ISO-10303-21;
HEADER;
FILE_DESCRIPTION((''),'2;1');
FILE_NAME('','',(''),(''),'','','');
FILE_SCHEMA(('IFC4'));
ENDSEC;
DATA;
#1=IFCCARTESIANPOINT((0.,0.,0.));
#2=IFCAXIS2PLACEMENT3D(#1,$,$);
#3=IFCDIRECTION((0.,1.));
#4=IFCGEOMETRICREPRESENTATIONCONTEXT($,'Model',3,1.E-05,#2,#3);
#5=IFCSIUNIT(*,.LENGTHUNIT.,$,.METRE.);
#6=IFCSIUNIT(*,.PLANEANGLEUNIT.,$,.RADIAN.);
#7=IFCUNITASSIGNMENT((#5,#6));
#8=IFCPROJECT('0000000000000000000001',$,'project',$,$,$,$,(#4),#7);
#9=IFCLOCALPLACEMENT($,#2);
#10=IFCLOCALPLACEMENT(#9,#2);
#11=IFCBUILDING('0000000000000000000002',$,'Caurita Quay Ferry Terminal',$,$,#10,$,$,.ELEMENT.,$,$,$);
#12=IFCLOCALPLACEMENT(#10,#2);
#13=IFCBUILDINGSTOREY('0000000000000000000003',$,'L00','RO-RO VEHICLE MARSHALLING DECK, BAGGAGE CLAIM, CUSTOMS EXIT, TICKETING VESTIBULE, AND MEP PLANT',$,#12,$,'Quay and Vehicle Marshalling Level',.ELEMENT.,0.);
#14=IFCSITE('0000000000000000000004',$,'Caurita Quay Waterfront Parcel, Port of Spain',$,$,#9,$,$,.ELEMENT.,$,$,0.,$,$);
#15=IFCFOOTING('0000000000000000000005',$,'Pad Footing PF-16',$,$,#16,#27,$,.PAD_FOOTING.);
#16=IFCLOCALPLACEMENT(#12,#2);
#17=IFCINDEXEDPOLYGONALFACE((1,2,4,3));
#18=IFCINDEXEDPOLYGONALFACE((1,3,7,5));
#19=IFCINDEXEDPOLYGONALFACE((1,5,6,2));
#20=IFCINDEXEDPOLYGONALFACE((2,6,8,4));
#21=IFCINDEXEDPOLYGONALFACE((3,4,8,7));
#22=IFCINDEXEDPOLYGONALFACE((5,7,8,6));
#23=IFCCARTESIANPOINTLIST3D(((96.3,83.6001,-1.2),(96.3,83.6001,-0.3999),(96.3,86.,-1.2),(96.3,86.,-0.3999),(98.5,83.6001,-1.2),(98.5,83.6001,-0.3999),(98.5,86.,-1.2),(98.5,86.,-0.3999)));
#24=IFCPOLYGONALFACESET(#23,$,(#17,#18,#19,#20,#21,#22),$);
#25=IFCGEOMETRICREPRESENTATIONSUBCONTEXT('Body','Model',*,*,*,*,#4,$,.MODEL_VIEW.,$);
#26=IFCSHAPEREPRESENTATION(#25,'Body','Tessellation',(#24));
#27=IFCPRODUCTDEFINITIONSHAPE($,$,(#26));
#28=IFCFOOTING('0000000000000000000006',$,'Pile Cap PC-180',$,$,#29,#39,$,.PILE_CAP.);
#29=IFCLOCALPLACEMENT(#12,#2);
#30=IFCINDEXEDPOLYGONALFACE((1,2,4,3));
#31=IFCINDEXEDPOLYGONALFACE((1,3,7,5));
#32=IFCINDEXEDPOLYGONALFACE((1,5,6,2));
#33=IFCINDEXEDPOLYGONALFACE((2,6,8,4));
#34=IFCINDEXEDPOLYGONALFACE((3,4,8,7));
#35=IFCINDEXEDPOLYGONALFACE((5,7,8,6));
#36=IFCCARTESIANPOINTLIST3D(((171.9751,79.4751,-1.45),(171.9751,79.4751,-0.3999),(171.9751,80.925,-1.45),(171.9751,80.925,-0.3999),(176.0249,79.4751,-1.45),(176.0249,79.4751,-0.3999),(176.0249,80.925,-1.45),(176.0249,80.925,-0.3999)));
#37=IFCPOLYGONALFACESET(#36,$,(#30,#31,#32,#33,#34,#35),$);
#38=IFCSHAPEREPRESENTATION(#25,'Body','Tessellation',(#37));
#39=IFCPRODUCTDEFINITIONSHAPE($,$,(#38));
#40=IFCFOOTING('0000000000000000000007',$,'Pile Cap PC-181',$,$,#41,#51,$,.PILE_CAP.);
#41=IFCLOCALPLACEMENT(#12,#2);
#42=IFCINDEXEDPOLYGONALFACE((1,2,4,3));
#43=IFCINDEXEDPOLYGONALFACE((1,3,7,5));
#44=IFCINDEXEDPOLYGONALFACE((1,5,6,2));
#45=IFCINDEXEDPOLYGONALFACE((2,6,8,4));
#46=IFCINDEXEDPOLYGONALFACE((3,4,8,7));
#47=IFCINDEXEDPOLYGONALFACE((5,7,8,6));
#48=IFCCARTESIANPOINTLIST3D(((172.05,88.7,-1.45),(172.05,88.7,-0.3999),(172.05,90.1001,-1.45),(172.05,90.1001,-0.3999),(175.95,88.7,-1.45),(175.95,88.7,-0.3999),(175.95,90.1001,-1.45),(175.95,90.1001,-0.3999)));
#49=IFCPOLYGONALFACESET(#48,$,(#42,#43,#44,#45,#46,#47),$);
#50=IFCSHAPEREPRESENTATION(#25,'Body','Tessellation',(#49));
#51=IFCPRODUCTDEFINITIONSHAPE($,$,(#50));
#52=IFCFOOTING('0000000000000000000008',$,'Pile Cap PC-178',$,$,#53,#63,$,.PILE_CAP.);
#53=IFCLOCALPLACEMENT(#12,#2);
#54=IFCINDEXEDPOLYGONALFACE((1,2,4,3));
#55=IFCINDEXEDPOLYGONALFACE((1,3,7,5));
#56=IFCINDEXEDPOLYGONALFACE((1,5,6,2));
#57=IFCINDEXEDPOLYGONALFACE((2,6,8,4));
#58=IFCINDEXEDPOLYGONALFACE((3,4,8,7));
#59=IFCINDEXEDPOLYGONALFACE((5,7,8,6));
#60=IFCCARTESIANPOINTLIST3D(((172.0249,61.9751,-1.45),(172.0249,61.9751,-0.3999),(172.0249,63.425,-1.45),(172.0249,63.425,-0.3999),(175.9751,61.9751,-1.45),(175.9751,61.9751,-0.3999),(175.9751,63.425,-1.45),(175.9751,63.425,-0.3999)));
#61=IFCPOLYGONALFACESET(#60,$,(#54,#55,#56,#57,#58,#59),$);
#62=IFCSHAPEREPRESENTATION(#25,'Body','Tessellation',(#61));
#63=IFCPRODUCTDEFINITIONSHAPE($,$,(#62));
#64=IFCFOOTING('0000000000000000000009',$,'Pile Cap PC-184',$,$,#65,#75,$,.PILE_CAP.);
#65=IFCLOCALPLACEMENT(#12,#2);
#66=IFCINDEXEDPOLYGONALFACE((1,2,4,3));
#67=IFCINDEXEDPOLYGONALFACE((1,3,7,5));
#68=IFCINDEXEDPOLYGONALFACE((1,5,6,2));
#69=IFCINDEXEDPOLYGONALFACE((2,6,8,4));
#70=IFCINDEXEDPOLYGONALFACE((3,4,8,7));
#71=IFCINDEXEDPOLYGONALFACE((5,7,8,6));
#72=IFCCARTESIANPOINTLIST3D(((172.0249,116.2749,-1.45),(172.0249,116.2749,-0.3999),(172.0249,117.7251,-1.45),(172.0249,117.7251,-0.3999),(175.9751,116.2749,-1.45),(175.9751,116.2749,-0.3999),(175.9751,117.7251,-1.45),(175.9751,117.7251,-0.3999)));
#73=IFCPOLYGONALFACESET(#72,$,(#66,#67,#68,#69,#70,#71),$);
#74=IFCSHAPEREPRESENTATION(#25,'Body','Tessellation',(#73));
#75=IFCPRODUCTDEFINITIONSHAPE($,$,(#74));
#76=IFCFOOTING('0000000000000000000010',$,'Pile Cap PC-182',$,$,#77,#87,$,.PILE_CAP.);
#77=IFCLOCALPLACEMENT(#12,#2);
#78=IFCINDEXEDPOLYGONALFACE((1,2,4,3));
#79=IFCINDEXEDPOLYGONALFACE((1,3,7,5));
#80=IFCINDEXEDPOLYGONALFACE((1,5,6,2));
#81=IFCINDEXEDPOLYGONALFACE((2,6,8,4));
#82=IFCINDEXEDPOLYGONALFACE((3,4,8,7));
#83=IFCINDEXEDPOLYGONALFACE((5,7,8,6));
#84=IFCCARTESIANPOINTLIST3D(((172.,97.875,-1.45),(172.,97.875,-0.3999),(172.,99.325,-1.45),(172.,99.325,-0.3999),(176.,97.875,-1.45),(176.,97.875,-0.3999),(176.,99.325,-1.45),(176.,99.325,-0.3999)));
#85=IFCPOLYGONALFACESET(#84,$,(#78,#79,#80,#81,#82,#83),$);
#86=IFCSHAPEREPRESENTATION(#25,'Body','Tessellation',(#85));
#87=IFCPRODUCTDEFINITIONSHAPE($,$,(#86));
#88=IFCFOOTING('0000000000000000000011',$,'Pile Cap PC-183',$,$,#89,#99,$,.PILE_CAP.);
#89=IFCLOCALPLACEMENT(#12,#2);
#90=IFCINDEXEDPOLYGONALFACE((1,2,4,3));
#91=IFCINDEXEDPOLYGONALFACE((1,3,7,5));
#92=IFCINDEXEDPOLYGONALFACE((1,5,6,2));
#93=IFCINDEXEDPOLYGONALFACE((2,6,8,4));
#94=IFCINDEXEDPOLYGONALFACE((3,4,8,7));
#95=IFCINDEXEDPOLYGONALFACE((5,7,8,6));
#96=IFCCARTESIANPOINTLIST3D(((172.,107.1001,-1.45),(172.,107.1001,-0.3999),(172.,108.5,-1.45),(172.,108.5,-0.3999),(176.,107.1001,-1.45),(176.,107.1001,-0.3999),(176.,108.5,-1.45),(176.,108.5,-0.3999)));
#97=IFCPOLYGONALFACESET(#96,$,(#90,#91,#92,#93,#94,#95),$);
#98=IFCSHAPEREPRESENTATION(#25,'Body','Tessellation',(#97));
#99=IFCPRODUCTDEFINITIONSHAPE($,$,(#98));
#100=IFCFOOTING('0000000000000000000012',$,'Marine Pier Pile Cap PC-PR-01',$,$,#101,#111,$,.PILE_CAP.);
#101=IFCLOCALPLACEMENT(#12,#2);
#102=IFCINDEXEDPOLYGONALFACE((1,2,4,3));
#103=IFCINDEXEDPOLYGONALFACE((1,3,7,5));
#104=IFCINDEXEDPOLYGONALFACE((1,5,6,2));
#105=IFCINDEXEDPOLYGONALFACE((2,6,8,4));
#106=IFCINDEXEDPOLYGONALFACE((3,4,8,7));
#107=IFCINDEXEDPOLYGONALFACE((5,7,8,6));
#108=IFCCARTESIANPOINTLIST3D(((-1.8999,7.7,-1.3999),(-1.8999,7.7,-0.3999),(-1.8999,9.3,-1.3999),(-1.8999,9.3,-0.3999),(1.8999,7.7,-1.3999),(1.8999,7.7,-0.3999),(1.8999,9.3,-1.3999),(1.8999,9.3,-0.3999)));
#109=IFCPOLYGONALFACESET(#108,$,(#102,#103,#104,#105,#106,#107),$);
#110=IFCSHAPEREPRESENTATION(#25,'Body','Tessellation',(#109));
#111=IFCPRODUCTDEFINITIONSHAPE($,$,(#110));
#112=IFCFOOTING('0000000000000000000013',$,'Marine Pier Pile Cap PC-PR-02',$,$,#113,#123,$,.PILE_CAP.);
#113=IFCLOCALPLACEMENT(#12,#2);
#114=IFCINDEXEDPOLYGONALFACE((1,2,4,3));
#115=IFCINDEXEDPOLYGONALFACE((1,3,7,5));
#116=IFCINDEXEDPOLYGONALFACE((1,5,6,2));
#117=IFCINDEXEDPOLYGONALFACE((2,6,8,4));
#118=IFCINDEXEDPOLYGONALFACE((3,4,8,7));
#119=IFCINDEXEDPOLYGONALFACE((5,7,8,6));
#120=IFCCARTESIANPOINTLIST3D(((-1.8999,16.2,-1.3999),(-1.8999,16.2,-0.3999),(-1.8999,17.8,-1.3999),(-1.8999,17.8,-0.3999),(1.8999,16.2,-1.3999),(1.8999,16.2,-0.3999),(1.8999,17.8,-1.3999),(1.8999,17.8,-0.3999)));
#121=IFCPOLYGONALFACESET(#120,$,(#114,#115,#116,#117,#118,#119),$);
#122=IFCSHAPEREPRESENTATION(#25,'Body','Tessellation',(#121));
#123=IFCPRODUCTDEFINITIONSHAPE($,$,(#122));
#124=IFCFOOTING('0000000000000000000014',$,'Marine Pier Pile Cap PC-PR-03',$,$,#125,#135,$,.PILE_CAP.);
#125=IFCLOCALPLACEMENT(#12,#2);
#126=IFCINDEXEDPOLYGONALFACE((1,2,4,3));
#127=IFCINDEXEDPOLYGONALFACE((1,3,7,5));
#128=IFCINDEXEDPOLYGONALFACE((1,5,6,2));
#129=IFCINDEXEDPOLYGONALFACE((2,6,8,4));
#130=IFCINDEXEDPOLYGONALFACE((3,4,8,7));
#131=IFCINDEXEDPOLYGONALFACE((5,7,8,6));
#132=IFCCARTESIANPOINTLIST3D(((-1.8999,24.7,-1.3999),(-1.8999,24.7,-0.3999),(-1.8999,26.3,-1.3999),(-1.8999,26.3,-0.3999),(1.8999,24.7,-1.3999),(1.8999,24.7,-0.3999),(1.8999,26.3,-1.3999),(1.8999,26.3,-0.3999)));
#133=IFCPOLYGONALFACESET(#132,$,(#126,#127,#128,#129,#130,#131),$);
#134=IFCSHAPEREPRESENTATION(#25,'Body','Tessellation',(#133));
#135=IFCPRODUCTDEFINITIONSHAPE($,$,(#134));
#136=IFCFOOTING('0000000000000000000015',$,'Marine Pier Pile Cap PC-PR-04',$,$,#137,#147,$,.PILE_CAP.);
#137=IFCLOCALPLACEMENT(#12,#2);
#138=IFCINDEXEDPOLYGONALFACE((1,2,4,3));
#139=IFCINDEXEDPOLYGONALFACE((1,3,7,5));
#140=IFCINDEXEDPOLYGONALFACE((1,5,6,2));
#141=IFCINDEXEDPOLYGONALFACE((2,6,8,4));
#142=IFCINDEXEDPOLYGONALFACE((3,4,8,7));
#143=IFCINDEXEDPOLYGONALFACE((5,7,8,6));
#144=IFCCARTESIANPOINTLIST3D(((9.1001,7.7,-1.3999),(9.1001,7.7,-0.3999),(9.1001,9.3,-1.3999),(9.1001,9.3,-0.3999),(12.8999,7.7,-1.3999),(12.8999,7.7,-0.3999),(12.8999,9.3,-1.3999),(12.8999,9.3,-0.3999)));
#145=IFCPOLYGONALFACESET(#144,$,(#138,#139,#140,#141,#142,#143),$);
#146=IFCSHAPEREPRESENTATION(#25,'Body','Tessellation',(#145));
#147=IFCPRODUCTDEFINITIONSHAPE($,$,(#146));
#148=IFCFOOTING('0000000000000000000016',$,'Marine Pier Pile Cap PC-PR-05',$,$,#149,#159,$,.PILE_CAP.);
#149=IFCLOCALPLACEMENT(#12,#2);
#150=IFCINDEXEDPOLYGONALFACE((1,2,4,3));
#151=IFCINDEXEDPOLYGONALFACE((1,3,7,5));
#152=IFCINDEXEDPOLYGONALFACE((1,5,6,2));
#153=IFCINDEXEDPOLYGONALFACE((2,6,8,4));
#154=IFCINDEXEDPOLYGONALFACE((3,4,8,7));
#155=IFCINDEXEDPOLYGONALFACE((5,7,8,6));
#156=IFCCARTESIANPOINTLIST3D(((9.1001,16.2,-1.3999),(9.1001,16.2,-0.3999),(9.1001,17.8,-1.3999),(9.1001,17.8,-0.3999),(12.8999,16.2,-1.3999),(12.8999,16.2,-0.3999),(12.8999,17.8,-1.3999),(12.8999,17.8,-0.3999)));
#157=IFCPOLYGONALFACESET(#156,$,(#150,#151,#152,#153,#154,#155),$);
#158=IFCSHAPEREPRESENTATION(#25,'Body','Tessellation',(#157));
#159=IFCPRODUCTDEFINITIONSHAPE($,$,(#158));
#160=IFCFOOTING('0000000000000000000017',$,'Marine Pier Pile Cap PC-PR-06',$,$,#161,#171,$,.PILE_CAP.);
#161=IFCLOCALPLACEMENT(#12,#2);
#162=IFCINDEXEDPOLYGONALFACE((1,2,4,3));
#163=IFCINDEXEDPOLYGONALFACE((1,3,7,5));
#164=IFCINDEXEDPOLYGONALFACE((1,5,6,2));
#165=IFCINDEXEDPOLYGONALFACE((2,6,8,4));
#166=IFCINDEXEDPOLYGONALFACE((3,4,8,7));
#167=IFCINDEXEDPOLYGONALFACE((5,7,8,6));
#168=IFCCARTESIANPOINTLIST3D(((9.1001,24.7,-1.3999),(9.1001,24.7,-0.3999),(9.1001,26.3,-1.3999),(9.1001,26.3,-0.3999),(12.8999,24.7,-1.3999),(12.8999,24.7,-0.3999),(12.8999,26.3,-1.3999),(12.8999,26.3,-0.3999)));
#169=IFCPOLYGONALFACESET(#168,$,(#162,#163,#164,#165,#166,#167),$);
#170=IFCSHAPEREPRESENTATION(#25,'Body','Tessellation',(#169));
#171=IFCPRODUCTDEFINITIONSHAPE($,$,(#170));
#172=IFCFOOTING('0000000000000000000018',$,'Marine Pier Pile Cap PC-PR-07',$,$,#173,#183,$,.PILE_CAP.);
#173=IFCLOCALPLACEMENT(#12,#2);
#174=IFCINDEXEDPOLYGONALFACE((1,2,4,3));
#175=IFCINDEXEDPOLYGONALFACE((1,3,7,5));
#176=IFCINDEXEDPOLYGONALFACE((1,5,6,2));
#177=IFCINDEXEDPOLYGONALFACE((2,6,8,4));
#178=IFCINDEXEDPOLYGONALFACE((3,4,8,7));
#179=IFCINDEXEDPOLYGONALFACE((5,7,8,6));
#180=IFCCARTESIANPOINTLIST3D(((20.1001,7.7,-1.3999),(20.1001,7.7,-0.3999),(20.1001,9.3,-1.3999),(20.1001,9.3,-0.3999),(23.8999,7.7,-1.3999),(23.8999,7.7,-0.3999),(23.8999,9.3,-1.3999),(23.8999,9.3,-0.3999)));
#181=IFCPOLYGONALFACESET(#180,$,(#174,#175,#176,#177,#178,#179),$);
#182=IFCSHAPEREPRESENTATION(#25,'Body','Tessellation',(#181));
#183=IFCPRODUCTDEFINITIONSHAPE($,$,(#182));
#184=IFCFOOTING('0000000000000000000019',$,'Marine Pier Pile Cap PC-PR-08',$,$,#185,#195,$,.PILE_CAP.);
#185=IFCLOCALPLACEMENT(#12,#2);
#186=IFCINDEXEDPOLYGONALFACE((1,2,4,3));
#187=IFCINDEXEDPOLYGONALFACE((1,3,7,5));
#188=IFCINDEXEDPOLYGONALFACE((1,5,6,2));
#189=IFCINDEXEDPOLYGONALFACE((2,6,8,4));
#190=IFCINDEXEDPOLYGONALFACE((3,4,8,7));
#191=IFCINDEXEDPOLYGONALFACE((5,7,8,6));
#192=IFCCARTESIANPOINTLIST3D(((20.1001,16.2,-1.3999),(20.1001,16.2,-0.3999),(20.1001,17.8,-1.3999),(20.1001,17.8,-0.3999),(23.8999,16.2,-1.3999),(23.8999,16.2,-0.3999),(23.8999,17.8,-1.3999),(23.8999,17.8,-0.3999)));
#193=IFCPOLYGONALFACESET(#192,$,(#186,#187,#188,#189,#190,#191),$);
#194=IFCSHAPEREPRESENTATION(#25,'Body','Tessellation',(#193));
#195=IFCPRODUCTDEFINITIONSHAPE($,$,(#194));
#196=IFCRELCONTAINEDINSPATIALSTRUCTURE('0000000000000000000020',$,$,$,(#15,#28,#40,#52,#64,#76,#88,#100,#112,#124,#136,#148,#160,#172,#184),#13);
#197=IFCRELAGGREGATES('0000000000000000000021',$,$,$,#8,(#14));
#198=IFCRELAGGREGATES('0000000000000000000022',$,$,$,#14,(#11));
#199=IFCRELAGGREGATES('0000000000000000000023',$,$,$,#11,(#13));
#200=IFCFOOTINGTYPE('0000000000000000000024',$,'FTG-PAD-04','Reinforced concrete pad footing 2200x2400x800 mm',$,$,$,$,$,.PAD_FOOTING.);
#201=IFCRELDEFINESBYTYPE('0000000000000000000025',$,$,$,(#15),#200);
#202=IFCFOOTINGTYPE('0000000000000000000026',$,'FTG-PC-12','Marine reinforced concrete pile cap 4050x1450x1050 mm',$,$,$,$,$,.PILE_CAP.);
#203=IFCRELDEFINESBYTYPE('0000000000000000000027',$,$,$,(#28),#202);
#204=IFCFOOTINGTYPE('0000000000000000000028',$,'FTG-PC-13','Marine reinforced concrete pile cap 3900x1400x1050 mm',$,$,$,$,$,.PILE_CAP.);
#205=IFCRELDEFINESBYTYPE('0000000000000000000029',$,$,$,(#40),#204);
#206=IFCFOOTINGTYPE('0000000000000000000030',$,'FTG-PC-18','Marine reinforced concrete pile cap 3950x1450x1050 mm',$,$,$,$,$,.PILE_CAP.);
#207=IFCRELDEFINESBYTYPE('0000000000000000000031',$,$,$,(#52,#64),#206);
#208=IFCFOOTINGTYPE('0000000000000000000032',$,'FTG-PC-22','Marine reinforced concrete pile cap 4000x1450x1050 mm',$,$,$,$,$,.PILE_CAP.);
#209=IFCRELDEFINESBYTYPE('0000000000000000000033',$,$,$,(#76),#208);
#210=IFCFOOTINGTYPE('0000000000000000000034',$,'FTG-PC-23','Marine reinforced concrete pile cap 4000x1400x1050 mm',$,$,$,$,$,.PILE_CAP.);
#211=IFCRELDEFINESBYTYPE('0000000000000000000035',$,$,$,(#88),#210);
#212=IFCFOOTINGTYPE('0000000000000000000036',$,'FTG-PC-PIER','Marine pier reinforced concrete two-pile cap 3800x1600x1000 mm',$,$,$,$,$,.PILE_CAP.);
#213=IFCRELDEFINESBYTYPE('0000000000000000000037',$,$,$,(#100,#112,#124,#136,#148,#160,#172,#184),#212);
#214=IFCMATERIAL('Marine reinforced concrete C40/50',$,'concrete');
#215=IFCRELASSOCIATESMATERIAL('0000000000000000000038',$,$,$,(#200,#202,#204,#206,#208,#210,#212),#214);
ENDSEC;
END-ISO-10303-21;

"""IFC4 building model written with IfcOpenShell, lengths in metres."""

from ifc_helpers import new_model, si_unit, direction, frame, origin, place, context, subcontext, project, spatial, polyline, outline, extrude, material, type_object, element, save


model = new_model("IFC4")

# Units and contexts
model_context = context("Model", 3, precision=1e-05, world=origin(), true_north=direction((0.0, 1.0)))
body_context = subcontext(model_context, "Body", "Model", "MODEL_VIEW")
ifc_project = project(units=[si_unit("LENGTHUNIT", "METRE"), si_unit("PLANEANGLEUNIT", "RADIAN")], contexts=[model_context])

# Site, building, storey
site_placement = place(None, origin())
site = spatial("IfcSite", under=ifc_project, at=site_placement, Name="Caurita Quay Waterfront Parcel, Port of Spain", CompositionType="ELEMENT", RefElevation=0.0)
building_placement = place(site_placement, origin())
building = spatial("IfcBuilding", under=site, at=building_placement, Name="Caurita Quay Ferry Terminal", CompositionType="ELEMENT")
storey_placement = place(building_placement, origin())
storey = spatial("IfcBuildingStorey", under=building, at=storey_placement, Name="L00", Description="RO-RO VEHICLE MARSHALLING DECK, BAGGAGE CLAIM, CUSTOMS EXIT, TICKETING VESTIBULE, AND MEP PLANT", LongName="Quay and Vehicle Marshalling Level", CompositionType="ELEMENT", Elevation=0.0)

# Footings
ifc_material = material(Name="Marine reinforced concrete C40/50", Category="concrete")
footing_type_1 = type_object("IfcFootingType", Name="FTG-PAD-04", Description="Reinforced concrete pad footing 2200x2400x800 mm", PredefinedType="PAD_FOOTING", material=ifc_material)
footing_1_placement = place(storey_placement, frame((0.0, 0.0, -1.2)))
element("IfcFooting", 1, at=footing_1_placement, inside=storey, type_object=footing_type_1, Name="Pad Footing PF-16", PredefinedType="PAD_FOOTING", context=body_context, shape_type="SweptSolid", body=[
    extrude(outline(polyline([(96.3, 83.6001), (98.5, 83.6001), (98.5, 86.0), (96.3, 86.0), (96.3, 83.6001)])), origin(), (0.0, 0.0, 1.0), 0.8),
])
footing_type_2 = type_object("IfcFootingType", Name="FTG-PC-12", Description="Marine reinforced concrete pile cap 4050x1450x1050 mm", PredefinedType="PILE_CAP", material=ifc_material)
footing_2_placement = place(storey_placement, frame((0.0, 0.0, -1.45)))
element("IfcFooting", 2, at=footing_2_placement, inside=storey, type_object=footing_type_2, Name="Pile Cap PC-180", PredefinedType="PILE_CAP", context=body_context, shape_type="SweptSolid", body=[
    extrude(outline(polyline([(171.9751, 79.4751), (176.0249, 79.4751), (176.0249, 80.925), (171.9751, 80.925), (171.9751, 79.4751)])), origin(), (0.0, 0.0, 1.0), 1.05),
])
footing_type_3 = type_object("IfcFootingType", Name="FTG-PC-13", Description="Marine reinforced concrete pile cap 3900x1400x1050 mm", PredefinedType="PILE_CAP", material=ifc_material)
footing_3_placement = place(storey_placement, frame((0.0, 0.0, -1.45)))
element("IfcFooting", 3, at=footing_3_placement, inside=storey, type_object=footing_type_3, Name="Pile Cap PC-181", PredefinedType="PILE_CAP", context=body_context, shape_type="SweptSolid", body=[
    extrude(outline(polyline([(172.05, 88.7), (175.95, 88.7), (175.95, 90.1001), (172.05, 90.1001), (172.05, 88.7)])), origin(), (0.0, 0.0, 1.0), 1.05),
])
footing_type_4 = type_object("IfcFootingType", Name="FTG-PC-18", Description="Marine reinforced concrete pile cap 3950x1450x1050 mm", PredefinedType="PILE_CAP", material=ifc_material)
footing_4_placement = place(storey_placement, frame((0.0, 0.0, -1.45)))
element("IfcFooting", 4, at=footing_4_placement, inside=storey, type_object=footing_type_4, Name="Pile Cap PC-178", PredefinedType="PILE_CAP", context=body_context, shape_type="SweptSolid", body=[
    extrude(outline(polyline([(172.0249, 61.9751), (175.9751, 61.9751), (175.9751, 63.425), (172.0249, 63.425), (172.0249, 61.9751)])), origin(), (0.0, 0.0, 1.0), 1.05),
])
footing_5_placement = place(storey_placement, frame((0.0, 0.0, -1.45)))
element("IfcFooting", 5, at=footing_5_placement, inside=storey, type_object=footing_type_4, Name="Pile Cap PC-184", PredefinedType="PILE_CAP", context=body_context, shape_type="SweptSolid", body=[
    extrude(outline(polyline([(172.0249, 116.2749), (175.9751, 116.2749), (175.9751, 117.7251), (172.0249, 117.7251), (172.0249, 116.2749)])), origin(), (0.0, 0.0, 1.0), 1.05),
])
footing_type_5 = type_object("IfcFootingType", Name="FTG-PC-22", Description="Marine reinforced concrete pile cap 4000x1450x1050 mm", PredefinedType="PILE_CAP", material=ifc_material)
footing_6_placement = place(storey_placement, frame((0.0, 0.0, -1.45)))
element("IfcFooting", 6, at=footing_6_placement, inside=storey, type_object=footing_type_5, Name="Pile Cap PC-182", PredefinedType="PILE_CAP", context=body_context, shape_type="SweptSolid", body=[
    extrude(outline(polyline([(172.0, 97.875), (176.0, 97.875), (176.0, 99.325), (172.0, 99.325), (172.0, 97.875)])), origin(), (0.0, 0.0, 1.0), 1.05),
])
footing_type_6 = type_object("IfcFootingType", Name="FTG-PC-23", Description="Marine reinforced concrete pile cap 4000x1400x1050 mm", PredefinedType="PILE_CAP", material=ifc_material)
footing_7_placement = place(storey_placement, frame((0.0, 0.0, -1.45)))
element("IfcFooting", 7, at=footing_7_placement, inside=storey, type_object=footing_type_6, Name="Pile Cap PC-183", PredefinedType="PILE_CAP", context=body_context, shape_type="SweptSolid", body=[
    extrude(outline(polyline([(172.0, 107.1001), (176.0, 107.1001), (176.0, 108.5), (172.0, 108.5), (172.0, 107.1001)])), origin(), (0.0, 0.0, 1.0), 1.05),
])
footing_type_7 = type_object("IfcFootingType", Name="FTG-PC-PIER", Description="Marine pier reinforced concrete two-pile cap 3800x1600x1000 mm", PredefinedType="PILE_CAP", material=ifc_material)
footing_8_placement = place(storey_placement, frame((0.0, 0.0, -1.3999)))
element("IfcFooting", 8, at=footing_8_placement, inside=storey, type_object=footing_type_7, Name="Marine Pier Pile Cap PC-PR-01", PredefinedType="PILE_CAP", context=body_context, shape_type="SweptSolid", body=[
    extrude(outline(polyline([(-1.8999, 7.7), (1.8999, 7.7), (1.8999, 9.3), (-1.8999, 9.3), (-1.8999, 7.7)])), origin(), (0.0, 0.0, 1.0), 1.0),
])
footing_9_placement = place(storey_placement, frame((0.0, 0.0, -1.3999)))
element("IfcFooting", 9, at=footing_9_placement, inside=storey, type_object=footing_type_7, Name="Marine Pier Pile Cap PC-PR-02", PredefinedType="PILE_CAP", context=body_context, shape_type="SweptSolid", body=[
    extrude(outline(polyline([(-1.8999, 16.2), (1.8999, 16.2), (1.8999, 17.8), (-1.8999, 17.8), (-1.8999, 16.2)])), origin(), (0.0, 0.0, 1.0), 1.0),
])
footing_10_placement = place(storey_placement, frame((0.0, 0.0, -1.3999)))
element("IfcFooting", 10, at=footing_10_placement, inside=storey, type_object=footing_type_7, Name="Marine Pier Pile Cap PC-PR-03", PredefinedType="PILE_CAP", context=body_context, shape_type="SweptSolid", body=[
    extrude(outline(polyline([(-1.8999, 24.7), (1.8999, 24.7), (1.8999, 26.3), (-1.8999, 26.3), (-1.8999, 24.7)])), origin(), (0.0, 0.0, 1.0), 1.0),
])
footing_11_placement = place(storey_placement, frame((0.0, 0.0, -1.3999)))
element("IfcFooting", 11, at=footing_11_placement, inside=storey, type_object=footing_type_7, Name="Marine Pier Pile Cap PC-PR-04", PredefinedType="PILE_CAP", context=body_context, shape_type="SweptSolid", body=[
    extrude(outline(polyline([(9.1001, 7.7), (12.8999, 7.7), (12.8999, 9.3), (9.1001, 9.3), (9.1001, 7.7)])), origin(), (0.0, 0.0, 1.0), 1.0),
])
footing_12_placement = place(storey_placement, frame((0.0, 0.0, -1.3999)))
element("IfcFooting", 12, at=footing_12_placement, inside=storey, type_object=footing_type_7, Name="Marine Pier Pile Cap PC-PR-05", PredefinedType="PILE_CAP", context=body_context, shape_type="SweptSolid", body=[
    extrude(outline(polyline([(9.1001, 16.2), (12.8999, 16.2), (12.8999, 17.8), (9.1001, 17.8), (9.1001, 16.2)])), origin(), (0.0, 0.0, 1.0), 1.0),
])
footing_13_placement = place(storey_placement, frame((0.0, 0.0, -1.3999)))
element("IfcFooting", 13, at=footing_13_placement, inside=storey, type_object=footing_type_7, Name="Marine Pier Pile Cap PC-PR-06", PredefinedType="PILE_CAP", context=body_context, shape_type="SweptSolid", body=[
    extrude(outline(polyline([(9.1001, 24.7), (12.8999, 24.7), (12.8999, 26.3), (9.1001, 26.3), (9.1001, 24.7)])), origin(), (0.0, 0.0, 1.0), 1.0),
])
footing_14_placement = place(storey_placement, frame((0.0, 0.0, -1.3999)))
element("IfcFooting", 14, at=footing_14_placement, inside=storey, type_object=footing_type_7, Name="Marine Pier Pile Cap PC-PR-07", PredefinedType="PILE_CAP", context=body_context, shape_type="SweptSolid", body=[
    extrude(outline(polyline([(20.1001, 7.7), (23.8999, 7.7), (23.8999, 9.3), (20.1001, 9.3), (20.1001, 7.7)])), origin(), (0.0, 0.0, 1.0), 1.0),
])
footing_15_placement = place(storey_placement, frame((0.0, 0.0, -1.3999)))
element("IfcFooting", 15, at=footing_15_placement, inside=storey, type_object=footing_type_7, Name="Marine Pier Pile Cap PC-PR-08", PredefinedType="PILE_CAP", context=body_context, shape_type="SweptSolid", body=[
    extrude(outline(polyline([(20.1001, 16.2), (23.8999, 16.2), (23.8999, 17.8), (20.1001, 17.8), (20.1001, 16.2)])), origin(), (0.0, 0.0, 1.0), 1.0),
])

save(model, "model.ifc")
